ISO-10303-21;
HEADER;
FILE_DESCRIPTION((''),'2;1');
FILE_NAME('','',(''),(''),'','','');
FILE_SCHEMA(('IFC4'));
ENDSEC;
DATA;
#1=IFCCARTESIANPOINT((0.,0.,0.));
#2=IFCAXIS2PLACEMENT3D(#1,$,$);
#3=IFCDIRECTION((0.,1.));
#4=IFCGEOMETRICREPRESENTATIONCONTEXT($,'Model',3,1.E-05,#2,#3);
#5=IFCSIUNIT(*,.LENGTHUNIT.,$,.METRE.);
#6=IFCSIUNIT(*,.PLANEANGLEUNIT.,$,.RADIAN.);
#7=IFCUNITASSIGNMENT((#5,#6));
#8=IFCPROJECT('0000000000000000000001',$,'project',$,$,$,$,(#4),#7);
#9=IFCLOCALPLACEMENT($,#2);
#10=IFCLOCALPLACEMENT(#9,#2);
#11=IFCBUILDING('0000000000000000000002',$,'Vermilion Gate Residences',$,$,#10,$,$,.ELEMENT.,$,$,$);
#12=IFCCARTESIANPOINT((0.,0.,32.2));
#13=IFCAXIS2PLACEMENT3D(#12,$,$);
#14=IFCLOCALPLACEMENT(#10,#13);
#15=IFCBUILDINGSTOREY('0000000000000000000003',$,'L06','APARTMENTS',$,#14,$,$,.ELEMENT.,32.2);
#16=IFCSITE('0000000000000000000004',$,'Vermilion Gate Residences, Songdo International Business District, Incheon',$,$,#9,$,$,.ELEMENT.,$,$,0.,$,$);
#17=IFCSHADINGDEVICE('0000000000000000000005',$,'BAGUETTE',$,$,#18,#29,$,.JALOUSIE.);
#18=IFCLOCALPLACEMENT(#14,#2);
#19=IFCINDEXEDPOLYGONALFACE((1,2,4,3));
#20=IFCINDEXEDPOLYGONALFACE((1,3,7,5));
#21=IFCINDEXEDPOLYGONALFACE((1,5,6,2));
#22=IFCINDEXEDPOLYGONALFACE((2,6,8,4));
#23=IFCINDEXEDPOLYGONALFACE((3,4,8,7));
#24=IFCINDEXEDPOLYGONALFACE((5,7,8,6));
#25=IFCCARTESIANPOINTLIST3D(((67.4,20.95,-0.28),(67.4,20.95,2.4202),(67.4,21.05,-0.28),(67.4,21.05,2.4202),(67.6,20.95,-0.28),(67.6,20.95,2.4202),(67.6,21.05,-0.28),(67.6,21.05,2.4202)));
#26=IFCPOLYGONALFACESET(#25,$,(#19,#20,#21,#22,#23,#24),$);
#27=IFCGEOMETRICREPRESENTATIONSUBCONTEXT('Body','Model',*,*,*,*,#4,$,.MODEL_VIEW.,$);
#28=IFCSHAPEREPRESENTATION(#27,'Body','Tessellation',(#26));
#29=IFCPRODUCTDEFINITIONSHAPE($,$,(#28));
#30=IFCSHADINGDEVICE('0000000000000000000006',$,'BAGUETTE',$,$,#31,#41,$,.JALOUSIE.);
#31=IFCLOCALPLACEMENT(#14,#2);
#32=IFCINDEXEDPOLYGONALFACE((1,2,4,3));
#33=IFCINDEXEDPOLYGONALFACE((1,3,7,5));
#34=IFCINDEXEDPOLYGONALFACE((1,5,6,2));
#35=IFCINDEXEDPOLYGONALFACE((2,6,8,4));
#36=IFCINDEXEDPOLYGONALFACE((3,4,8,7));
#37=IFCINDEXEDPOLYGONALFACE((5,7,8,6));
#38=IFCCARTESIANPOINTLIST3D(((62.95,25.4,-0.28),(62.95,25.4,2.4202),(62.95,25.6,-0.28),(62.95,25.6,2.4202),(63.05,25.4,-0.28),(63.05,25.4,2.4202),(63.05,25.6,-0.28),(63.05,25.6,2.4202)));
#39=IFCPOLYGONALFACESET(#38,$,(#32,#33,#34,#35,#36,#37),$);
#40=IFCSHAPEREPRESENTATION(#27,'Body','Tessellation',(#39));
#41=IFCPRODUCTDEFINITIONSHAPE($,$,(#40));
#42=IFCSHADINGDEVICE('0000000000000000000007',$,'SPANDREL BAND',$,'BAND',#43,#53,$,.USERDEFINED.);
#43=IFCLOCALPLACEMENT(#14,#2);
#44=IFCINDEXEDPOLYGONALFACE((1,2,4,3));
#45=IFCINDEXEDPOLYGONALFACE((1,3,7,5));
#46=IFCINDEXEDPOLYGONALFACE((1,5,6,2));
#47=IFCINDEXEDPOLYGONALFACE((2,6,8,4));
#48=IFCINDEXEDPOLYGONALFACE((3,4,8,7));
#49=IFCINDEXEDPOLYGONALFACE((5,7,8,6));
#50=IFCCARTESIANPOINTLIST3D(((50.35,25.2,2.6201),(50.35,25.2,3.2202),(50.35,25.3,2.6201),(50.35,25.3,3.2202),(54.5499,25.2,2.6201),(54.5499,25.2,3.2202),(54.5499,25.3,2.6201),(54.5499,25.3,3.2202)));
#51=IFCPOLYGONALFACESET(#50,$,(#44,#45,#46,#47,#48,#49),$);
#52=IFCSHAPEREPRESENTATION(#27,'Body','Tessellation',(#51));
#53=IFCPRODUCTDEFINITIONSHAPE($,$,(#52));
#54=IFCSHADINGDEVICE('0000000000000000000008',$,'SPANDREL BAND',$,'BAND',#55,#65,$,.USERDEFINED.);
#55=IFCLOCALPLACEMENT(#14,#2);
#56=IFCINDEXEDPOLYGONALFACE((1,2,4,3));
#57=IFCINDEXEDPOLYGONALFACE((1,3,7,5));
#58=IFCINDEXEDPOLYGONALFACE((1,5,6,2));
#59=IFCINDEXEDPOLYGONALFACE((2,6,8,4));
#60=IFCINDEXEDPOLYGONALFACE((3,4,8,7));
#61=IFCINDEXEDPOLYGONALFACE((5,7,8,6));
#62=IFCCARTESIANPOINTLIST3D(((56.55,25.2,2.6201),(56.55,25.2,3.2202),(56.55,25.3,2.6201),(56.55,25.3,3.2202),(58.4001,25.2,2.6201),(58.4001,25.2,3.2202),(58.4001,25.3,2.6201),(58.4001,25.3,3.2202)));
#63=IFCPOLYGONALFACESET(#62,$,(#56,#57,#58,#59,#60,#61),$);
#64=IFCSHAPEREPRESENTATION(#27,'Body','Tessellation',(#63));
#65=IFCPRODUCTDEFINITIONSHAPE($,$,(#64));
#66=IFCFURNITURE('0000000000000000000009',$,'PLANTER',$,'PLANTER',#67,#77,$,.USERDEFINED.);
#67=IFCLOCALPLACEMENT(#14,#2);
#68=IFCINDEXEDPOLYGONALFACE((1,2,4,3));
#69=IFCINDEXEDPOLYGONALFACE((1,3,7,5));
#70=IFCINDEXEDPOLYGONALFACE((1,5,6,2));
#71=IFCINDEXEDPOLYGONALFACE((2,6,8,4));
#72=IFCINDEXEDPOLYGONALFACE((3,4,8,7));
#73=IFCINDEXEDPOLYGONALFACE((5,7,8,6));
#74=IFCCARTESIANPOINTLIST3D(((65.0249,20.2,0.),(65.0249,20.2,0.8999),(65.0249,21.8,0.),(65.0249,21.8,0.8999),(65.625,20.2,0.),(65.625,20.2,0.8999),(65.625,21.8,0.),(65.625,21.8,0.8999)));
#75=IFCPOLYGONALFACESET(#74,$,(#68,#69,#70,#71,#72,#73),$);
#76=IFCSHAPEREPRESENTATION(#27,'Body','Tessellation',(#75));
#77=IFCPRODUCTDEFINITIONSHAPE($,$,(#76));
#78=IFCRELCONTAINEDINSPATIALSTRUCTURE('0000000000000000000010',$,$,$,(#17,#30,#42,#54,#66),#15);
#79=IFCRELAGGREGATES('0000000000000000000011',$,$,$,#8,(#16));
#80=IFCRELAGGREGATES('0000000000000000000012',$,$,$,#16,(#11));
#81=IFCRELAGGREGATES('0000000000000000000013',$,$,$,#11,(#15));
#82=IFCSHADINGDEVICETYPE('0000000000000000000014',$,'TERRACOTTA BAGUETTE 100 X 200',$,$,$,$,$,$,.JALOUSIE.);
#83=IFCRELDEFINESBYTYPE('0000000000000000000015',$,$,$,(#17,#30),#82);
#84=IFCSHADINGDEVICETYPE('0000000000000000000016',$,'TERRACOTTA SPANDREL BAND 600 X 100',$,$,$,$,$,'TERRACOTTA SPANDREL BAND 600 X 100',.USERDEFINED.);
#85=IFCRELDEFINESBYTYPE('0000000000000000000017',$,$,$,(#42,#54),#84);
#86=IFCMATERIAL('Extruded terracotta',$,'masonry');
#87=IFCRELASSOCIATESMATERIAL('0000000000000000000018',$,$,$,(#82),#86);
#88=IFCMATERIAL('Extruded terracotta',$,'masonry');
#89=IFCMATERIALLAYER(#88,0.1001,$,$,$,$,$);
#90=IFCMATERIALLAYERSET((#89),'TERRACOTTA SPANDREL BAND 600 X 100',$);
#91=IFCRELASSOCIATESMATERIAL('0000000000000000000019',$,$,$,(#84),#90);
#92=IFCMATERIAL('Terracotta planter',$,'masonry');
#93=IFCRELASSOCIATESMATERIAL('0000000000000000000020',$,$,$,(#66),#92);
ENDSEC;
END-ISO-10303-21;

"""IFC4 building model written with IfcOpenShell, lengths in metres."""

from ifc_helpers import new_model, si_unit, direction, frame, origin, origin_2d, place, context, subcontext, project, spatial, rectangle, extrude, material, layer, layer_set, material_profile, profile_set, type_object, element, save


model = new_model("IFC4")

# Units and contexts
model_context = context("Model", 3, precision=1e-05, world=origin(), true_north=direction((0.0, 1.0)))
body_context = subcontext(model_context, "Body", "Model", "MODEL_VIEW")
ifc_project = project(units=[si_unit("LENGTHUNIT", "METRE"), si_unit("PLANEANGLEUNIT", "RADIAN")], contexts=[model_context])

# Site, building, storey
site_placement = place(None, origin())
site = spatial("IfcSite", under=ifc_project, at=site_placement, Name="Vermilion Gate Residences, Songdo International Business District, Incheon", CompositionType="ELEMENT", RefElevation=0.0)
building_placement = place(site_placement, origin())
building = spatial("IfcBuilding", under=site, at=building_placement, Name="Vermilion Gate Residences", CompositionType="ELEMENT")
storey_placement = place(building_placement, frame((0.0, 0.0, 32.2)))
storey = spatial("IfcBuildingStorey", under=building, at=storey_placement, Name="L06", Description="APARTMENTS", CompositionType="ELEMENT", Elevation=32.2)

# Shading devices
ifc_material_1 = material(Name="Extruded terracotta", Category="masonry")
ifc_material_profile_1 = material_profile(ifc_material_1, rectangle(XDim=0.2, YDim=0.1001, at=origin_2d()), Name="BAGUETTE 100 X 200")
ifc_profile_set_1 = profile_set([ifc_material_profile_1], Name="Extruded terracotta")
shading_device_type_1 = type_object("IfcShadingDeviceType", Name="TERRACOTTA BAGUETTE 100 X 200", PredefinedType="JALOUSIE", material=ifc_profile_set_1)
for number, where, z_axis, x_axis, name in (
    (1, (67.5, 21.0, -0.28), (0.0, 0.0, 1.0), (-1.0, 0.0, 0.0), "BAGUETTE"),
    (2, (63.0, 25.5, -0.28), (0.0, 0.0, 1.0), (0.0, -1.0, 0.0), "BAGUETTE"),
):
    element("IfcShadingDevice", number, at=place(storey_placement, frame(where, z_axis=z_axis, x_axis=x_axis)), inside=storey, type_object=shading_device_type_1, Name=name, PredefinedType="JALOUSIE", context=body_context, shape_type="SweptSolid", body=[
        extrude(rectangle(XDim=0.2, YDim=0.1001, at=origin_2d()), origin(), (0.0, 0.0, 1.0), 2.7002),
    ])
ifc_material_2 = material(Name="Extruded terracotta", Category="masonry")
ifc_layer_1 = layer(ifc_material_2, 0.1001)
ifc_layer_set_1 = layer_set([ifc_layer_1], Name="TERRACOTTA SPANDREL BAND 600 X 100")
shading_device_type_2 = type_object("IfcShadingDeviceType", Name="TERRACOTTA SPANDREL BAND 600 X 100", ElementType="TERRACOTTA SPANDREL BAND 600 X 100", PredefinedType="USERDEFINED", material=ifc_layer_set_1)
shading_device_1_placement = place(storey_placement, frame((52.45, 25.25, 2.6201), z_axis=(0.0, 0.0, 1.0), x_axis=(1.0, 0.0, 0.0)))
element("IfcShadingDevice", 3, at=shading_device_1_placement, inside=storey, type_object=shading_device_type_2, Name="SPANDREL BAND", ObjectType="BAND", PredefinedType="USERDEFINED", context=body_context, shape_type="SweptSolid", body=[
    extrude(rectangle(XDim=4.2, YDim=0.1001, at=origin_2d()), origin(), (0.0, 0.0, 1.0), 0.6001),
])
shading_device_2_placement = place(storey_placement, frame((57.4751, 25.25, 2.6201), z_axis=(0.0, 0.0, 1.0), x_axis=(1.0, 0.0, 0.0)))
element("IfcShadingDevice", 4, at=shading_device_2_placement, inside=storey, type_object=shading_device_type_2, Name="SPANDREL BAND", ObjectType="BAND", PredefinedType="USERDEFINED", context=body_context, shape_type="SweptSolid", body=[
    extrude(rectangle(XDim=1.8501, YDim=0.1001, at=origin_2d()), origin(), (0.0, 0.0, 1.0), 0.6001),
])

# Furniture
ifc_material_3 = material(Name="Terracotta planter", Category="masonry")
furniture_placement = place(storey_placement, frame((65.325, 21.0, 0.0), z_axis=(0.0, 0.0, 1.0), x_axis=(0.0, 1.0, 0.0)))
element("IfcFurniture", 5, at=furniture_placement, inside=storey, material=ifc_material_3, Name="PLANTER", ObjectType="PLANTER", PredefinedType="USERDEFINED", context=body_context, shape_type="SweptSolid", body=[
    extrude(rectangle(XDim=1.6001, YDim=0.6001, at=origin_2d()), origin(), (0.0, 0.0, 1.0), 0.8999),
])

save(model, "model.ifc")
